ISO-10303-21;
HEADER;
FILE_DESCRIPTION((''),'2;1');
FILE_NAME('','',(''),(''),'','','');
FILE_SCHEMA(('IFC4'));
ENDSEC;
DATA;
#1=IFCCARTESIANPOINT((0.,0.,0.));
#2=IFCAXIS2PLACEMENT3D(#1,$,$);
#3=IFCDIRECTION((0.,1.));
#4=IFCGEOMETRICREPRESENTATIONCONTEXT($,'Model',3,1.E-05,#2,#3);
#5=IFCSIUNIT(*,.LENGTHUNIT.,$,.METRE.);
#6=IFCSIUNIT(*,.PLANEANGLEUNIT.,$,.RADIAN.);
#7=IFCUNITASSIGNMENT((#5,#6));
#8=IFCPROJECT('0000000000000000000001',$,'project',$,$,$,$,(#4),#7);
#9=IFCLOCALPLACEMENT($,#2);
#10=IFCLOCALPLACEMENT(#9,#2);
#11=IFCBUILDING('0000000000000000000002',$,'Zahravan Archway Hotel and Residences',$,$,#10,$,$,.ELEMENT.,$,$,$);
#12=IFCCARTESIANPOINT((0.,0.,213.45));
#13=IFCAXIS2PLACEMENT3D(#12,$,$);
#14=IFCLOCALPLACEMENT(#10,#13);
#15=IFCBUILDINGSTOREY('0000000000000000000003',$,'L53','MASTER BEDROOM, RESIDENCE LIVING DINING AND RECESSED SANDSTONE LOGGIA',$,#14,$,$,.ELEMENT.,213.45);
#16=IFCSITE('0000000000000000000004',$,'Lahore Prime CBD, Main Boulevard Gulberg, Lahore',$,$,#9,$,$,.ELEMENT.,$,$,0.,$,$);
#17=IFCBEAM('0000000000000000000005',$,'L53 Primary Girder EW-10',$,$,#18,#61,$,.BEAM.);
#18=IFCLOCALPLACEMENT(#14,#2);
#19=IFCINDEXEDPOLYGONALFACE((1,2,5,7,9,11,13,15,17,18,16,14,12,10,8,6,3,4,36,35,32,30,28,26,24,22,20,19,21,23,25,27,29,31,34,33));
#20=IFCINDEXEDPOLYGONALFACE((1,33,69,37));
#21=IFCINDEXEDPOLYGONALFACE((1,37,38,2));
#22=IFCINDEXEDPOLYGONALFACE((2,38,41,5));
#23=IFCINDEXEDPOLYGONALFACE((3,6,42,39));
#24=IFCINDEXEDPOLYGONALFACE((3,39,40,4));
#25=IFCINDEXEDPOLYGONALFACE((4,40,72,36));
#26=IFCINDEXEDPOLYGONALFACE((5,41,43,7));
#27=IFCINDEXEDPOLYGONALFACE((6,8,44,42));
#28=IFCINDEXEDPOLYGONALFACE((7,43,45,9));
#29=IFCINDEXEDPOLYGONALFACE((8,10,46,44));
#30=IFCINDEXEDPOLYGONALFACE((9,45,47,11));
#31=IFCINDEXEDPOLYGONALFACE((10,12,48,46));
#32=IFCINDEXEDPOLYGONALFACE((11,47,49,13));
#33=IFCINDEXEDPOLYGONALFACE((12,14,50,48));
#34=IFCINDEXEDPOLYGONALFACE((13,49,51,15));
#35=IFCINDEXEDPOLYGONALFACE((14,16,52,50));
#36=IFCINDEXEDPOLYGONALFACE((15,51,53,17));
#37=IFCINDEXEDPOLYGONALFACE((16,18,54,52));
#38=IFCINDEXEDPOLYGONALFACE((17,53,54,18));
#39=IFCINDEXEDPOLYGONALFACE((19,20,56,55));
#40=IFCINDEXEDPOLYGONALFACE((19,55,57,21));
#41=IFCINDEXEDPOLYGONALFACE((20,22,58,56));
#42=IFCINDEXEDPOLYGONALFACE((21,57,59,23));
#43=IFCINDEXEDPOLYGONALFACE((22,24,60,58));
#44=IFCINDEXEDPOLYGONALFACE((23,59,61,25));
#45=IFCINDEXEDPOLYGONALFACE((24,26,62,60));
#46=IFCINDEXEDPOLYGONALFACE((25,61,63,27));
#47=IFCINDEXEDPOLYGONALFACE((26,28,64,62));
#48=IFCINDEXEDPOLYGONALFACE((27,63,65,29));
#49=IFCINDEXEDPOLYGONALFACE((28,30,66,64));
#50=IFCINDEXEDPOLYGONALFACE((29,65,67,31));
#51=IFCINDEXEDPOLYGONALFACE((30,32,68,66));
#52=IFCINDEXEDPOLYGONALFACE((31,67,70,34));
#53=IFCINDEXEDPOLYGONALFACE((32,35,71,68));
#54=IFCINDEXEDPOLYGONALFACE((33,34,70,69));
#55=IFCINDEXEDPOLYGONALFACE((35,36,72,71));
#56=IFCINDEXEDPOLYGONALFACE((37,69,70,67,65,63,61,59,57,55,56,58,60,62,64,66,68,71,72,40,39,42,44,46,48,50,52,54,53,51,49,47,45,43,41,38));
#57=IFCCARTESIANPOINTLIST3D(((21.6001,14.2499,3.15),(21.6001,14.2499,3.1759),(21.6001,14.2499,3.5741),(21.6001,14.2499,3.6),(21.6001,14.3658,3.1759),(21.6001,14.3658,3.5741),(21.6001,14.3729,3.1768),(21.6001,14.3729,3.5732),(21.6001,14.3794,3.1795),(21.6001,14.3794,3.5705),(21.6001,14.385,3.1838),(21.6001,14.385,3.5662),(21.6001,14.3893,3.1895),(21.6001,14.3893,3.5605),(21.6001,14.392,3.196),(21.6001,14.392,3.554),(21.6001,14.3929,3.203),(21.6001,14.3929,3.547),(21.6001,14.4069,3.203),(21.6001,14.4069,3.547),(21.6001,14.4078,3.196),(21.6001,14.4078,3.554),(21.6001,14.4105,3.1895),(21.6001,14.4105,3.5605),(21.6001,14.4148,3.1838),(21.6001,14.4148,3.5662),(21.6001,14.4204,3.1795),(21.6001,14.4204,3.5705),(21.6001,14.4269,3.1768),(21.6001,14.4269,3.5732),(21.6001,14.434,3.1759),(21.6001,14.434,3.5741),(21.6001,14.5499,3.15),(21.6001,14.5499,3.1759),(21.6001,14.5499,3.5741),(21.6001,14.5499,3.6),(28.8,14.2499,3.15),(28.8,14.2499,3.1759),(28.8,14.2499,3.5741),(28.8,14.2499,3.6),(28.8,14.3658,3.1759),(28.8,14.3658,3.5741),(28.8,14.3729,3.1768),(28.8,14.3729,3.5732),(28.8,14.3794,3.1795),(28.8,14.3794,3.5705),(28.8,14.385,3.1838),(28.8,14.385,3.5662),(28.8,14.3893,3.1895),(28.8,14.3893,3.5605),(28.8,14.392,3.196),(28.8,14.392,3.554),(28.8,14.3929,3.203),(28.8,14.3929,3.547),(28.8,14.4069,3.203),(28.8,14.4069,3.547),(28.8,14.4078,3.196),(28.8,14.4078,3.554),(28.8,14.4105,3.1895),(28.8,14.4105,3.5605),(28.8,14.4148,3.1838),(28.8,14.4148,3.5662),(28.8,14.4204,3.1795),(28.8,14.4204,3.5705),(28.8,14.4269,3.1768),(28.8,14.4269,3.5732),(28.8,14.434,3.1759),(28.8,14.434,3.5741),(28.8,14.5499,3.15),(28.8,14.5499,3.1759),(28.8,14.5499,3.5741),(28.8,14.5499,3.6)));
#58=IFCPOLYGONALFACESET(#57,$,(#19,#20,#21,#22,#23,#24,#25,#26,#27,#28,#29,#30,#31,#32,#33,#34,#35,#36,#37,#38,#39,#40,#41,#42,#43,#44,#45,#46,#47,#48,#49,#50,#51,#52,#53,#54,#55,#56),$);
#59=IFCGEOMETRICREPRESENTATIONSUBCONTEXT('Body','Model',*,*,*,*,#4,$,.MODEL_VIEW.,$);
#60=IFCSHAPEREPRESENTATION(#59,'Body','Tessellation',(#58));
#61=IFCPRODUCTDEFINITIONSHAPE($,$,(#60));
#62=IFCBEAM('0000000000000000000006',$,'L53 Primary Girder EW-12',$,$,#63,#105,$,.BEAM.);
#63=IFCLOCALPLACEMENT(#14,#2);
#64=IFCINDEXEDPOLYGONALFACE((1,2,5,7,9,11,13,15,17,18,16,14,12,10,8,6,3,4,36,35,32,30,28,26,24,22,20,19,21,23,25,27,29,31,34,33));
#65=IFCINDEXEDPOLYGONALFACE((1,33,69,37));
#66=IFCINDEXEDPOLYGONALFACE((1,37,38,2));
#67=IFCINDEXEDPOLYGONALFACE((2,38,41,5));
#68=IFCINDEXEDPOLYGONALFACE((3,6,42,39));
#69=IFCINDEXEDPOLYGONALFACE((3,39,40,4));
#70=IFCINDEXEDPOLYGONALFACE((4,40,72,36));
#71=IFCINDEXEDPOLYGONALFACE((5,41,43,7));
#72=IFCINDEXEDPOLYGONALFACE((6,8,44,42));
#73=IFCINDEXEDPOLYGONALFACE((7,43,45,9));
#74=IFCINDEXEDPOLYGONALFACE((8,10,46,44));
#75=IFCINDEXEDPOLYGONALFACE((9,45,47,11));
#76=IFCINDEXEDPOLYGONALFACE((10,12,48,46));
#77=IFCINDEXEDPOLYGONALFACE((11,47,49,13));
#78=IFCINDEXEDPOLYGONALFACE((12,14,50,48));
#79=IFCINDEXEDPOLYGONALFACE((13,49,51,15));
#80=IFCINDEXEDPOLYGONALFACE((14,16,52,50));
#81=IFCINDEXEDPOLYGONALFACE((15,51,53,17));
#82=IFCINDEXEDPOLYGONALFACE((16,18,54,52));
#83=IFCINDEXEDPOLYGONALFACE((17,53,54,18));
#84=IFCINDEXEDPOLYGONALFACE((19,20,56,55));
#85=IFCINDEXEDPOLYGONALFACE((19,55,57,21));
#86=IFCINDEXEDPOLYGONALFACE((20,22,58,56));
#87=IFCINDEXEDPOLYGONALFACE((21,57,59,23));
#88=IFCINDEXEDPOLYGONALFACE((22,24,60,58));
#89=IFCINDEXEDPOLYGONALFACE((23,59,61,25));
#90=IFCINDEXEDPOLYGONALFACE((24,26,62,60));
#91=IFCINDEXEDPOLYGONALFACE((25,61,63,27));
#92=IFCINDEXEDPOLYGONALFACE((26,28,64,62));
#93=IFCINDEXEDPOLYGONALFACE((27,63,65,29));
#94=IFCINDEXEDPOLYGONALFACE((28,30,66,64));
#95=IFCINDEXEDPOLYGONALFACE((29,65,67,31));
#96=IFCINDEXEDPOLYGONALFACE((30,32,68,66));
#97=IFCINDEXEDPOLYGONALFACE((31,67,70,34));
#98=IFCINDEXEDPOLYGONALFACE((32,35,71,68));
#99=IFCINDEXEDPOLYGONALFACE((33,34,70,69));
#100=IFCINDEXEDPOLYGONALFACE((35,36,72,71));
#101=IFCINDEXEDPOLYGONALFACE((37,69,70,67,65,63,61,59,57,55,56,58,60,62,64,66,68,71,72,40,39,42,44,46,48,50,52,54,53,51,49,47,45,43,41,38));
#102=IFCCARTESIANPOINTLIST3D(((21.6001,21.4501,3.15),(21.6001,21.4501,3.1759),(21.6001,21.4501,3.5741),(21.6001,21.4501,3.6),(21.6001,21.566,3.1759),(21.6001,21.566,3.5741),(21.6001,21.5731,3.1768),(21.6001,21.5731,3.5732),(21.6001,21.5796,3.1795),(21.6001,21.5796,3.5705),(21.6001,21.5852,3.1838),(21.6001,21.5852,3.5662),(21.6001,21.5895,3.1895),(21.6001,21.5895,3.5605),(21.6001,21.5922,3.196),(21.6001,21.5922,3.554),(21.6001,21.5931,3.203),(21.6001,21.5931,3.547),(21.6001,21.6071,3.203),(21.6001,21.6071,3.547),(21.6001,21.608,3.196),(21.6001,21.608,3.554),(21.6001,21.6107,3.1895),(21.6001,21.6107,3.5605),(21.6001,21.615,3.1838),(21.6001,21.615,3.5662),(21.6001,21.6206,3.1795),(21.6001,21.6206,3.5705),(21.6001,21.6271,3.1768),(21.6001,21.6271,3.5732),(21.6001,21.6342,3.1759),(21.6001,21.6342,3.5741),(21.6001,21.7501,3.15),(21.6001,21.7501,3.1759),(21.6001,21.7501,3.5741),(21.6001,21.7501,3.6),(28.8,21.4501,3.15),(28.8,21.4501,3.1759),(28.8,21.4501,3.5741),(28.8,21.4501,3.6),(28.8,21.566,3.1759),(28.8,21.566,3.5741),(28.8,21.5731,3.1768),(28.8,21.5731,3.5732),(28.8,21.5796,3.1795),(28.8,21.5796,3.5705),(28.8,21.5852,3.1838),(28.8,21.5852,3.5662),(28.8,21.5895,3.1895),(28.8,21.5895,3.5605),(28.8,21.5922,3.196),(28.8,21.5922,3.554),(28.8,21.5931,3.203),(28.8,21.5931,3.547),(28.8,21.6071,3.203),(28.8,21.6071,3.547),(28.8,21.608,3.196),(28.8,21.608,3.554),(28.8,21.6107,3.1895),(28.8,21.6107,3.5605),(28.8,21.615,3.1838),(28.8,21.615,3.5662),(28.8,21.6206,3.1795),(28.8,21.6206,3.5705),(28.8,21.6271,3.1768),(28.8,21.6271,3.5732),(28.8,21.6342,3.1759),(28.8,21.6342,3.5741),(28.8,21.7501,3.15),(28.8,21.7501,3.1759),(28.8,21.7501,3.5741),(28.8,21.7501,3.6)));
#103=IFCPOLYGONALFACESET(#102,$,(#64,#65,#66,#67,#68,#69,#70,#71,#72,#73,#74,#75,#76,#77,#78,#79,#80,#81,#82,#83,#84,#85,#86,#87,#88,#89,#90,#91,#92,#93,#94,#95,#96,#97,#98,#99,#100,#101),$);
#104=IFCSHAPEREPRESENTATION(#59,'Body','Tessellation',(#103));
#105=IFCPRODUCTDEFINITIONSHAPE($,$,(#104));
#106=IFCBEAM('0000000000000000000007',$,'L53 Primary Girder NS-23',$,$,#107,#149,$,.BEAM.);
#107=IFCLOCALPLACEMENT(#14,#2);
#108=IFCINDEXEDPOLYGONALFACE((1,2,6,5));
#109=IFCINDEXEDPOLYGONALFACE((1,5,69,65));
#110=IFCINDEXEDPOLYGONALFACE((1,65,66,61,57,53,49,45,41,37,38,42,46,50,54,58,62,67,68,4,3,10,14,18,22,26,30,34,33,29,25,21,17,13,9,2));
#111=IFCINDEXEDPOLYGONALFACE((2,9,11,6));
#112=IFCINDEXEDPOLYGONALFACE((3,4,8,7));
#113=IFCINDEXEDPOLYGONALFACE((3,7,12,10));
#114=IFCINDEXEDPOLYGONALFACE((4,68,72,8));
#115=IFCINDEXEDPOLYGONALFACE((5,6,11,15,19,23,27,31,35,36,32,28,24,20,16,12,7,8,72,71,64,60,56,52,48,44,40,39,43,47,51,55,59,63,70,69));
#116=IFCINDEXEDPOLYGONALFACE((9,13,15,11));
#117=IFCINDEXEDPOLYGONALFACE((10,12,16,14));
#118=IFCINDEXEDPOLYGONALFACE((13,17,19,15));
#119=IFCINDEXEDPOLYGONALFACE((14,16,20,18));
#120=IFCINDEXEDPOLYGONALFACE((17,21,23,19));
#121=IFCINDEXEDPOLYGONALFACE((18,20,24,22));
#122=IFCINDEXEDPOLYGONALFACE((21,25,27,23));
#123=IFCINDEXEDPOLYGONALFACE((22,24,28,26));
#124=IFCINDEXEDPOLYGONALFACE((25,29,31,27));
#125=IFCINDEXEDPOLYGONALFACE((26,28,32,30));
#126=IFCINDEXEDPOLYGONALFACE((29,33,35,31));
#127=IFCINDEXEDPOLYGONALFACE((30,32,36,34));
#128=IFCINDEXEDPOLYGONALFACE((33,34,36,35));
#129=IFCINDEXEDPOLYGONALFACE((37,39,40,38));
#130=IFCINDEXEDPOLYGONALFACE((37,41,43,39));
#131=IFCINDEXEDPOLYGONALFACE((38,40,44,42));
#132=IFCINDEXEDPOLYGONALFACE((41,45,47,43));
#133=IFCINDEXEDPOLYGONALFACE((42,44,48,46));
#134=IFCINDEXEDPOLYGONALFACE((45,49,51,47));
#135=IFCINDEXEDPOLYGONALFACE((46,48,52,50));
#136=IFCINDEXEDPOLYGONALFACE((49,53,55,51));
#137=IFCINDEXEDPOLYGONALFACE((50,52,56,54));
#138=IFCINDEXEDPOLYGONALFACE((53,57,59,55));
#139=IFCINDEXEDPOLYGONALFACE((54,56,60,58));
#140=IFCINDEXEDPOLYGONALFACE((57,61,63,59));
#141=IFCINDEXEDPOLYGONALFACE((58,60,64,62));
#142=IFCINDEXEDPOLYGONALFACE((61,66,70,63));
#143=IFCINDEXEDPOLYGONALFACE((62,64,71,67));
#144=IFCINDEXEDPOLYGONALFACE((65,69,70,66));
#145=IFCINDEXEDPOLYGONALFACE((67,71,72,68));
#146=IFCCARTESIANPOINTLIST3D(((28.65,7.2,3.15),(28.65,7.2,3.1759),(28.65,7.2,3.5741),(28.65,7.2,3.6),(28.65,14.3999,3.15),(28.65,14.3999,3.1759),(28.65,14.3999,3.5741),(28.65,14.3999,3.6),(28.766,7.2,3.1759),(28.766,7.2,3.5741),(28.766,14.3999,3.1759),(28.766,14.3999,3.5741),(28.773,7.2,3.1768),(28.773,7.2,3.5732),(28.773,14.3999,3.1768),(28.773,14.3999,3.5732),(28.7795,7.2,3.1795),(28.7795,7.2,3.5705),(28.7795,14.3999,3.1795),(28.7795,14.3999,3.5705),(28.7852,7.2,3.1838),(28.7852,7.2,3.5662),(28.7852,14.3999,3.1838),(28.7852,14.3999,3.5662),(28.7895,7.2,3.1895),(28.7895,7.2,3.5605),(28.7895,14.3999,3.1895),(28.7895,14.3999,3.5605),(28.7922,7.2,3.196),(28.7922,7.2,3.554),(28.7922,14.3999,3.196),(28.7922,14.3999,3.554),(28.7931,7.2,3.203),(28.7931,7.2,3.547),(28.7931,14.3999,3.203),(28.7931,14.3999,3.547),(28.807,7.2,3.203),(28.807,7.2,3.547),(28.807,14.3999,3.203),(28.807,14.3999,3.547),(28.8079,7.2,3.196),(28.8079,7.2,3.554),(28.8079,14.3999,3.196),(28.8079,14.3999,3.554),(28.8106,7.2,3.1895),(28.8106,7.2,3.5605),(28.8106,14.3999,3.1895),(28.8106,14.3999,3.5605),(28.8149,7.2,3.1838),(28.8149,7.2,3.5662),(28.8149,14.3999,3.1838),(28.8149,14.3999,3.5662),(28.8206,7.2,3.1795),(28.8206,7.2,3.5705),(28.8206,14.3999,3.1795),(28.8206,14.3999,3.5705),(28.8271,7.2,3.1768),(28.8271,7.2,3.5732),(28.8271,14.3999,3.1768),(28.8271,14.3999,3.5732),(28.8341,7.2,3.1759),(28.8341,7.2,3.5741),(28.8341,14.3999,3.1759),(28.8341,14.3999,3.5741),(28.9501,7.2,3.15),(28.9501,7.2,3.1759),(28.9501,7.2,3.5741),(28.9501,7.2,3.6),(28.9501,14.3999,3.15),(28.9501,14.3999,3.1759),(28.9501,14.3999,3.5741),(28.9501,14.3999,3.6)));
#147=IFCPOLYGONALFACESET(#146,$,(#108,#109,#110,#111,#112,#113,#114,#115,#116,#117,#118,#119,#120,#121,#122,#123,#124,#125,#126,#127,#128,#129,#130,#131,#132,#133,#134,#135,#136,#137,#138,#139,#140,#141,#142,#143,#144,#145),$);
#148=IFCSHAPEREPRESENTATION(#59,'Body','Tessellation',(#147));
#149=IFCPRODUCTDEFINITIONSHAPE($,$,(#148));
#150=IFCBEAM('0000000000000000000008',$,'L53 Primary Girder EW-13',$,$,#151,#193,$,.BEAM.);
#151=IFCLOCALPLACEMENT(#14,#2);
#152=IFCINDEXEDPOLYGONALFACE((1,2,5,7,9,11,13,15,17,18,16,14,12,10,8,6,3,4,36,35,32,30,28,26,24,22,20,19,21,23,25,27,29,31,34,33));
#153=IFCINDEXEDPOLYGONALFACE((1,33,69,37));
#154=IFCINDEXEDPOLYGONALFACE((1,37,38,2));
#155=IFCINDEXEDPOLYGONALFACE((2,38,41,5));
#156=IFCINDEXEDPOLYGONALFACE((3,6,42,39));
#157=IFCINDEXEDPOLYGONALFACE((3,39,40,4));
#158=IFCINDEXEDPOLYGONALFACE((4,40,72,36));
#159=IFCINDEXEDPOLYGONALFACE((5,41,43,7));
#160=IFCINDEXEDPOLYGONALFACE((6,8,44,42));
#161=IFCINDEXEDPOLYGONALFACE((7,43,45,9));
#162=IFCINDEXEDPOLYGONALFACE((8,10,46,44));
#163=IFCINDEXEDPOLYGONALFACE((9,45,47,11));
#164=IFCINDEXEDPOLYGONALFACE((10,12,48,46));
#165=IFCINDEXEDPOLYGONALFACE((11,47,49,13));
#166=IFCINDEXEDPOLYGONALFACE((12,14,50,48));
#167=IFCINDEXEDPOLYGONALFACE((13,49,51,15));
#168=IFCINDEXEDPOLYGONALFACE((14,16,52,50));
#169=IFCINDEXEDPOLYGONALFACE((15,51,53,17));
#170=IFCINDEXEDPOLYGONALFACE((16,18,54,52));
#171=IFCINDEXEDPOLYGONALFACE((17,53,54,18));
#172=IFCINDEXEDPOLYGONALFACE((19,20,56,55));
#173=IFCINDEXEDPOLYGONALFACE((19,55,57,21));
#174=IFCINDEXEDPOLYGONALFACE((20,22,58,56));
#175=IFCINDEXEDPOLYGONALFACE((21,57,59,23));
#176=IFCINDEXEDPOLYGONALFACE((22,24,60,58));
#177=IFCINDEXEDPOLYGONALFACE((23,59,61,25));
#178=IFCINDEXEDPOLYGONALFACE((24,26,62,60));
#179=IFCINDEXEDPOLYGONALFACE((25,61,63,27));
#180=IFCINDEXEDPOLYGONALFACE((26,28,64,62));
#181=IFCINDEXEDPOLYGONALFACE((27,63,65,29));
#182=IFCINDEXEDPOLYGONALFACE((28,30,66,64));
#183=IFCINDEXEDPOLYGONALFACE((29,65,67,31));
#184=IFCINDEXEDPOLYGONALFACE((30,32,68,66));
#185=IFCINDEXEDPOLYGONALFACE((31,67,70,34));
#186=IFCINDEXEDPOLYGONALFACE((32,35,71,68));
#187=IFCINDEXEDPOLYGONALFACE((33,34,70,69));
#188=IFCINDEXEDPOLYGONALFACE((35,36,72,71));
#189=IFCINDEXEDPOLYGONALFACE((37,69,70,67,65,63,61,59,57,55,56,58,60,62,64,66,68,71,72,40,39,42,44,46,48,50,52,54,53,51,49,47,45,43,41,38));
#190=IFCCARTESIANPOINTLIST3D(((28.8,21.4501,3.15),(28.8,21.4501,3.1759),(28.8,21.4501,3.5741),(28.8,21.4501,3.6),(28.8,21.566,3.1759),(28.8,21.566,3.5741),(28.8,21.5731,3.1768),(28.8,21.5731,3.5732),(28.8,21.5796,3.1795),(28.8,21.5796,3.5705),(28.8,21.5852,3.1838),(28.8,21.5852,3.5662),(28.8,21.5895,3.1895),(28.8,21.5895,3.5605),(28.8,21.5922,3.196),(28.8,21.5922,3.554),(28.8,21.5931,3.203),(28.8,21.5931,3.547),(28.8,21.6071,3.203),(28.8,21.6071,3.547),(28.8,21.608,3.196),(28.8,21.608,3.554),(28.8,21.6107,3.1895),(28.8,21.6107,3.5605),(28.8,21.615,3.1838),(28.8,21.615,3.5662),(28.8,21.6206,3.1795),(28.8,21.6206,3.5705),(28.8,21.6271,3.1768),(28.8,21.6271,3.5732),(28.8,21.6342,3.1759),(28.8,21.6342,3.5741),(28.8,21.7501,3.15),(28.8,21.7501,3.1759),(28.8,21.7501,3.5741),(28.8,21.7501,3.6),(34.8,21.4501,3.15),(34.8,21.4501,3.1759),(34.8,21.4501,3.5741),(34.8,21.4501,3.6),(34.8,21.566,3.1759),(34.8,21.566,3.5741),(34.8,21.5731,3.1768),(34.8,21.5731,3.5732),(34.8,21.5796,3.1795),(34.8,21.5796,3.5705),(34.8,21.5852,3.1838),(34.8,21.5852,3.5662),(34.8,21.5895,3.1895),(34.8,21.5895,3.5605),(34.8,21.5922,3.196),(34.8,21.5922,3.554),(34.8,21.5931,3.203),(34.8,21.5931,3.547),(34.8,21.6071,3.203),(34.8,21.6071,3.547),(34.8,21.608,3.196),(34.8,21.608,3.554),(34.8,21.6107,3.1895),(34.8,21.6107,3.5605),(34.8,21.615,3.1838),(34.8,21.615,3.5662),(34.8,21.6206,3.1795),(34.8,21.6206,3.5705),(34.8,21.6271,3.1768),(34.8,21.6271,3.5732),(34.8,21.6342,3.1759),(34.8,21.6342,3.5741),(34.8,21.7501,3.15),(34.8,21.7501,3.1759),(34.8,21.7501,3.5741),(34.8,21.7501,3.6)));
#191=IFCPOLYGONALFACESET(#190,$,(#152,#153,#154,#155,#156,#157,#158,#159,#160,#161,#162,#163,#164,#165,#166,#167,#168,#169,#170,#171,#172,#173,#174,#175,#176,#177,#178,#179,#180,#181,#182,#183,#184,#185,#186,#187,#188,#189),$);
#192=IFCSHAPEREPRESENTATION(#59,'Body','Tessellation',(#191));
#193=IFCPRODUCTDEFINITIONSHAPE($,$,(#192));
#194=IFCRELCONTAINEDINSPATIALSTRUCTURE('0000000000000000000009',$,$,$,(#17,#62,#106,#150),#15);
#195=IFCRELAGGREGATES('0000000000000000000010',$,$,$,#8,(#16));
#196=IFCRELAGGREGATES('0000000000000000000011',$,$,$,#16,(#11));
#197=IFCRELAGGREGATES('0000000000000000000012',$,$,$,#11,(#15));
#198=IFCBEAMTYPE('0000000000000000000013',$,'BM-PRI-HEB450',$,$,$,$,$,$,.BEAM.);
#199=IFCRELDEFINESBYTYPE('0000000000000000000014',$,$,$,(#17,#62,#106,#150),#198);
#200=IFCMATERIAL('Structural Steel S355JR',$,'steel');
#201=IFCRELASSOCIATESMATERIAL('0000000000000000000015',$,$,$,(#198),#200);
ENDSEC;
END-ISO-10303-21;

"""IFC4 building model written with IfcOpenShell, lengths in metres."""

from ifc_helpers import new_model, si_unit, direction, frame, origin, origin_2d, place, context, subcontext, project, spatial, i_section, extrude, source, transform, mapped, material, material_profile, profile_set, type_object, element, save


model = new_model("IFC4")

# Units and contexts
model_context = context("Model", 3, precision=1e-05, world=origin(), true_north=direction((0.0, 1.0)))
body_context = subcontext(model_context, "Body", "Model", "MODEL_VIEW")
ifc_project = project(units=[si_unit("LENGTHUNIT", "METRE"), si_unit("PLANEANGLEUNIT", "RADIAN")], contexts=[model_context])

# Site, building, storey
site_placement = place(None, origin())
site = spatial("IfcSite", under=ifc_project, at=site_placement, Name="Lahore Prime CBD, Main Boulevard Gulberg, Lahore", CompositionType="ELEMENT", RefElevation=0.0)
building_placement = place(site_placement, origin())
building = spatial("IfcBuilding", under=site, at=building_placement, Name="Zahravan Archway Hotel and Residences", CompositionType="ELEMENT")
storey_placement = place(building_placement, frame((0.0, 0.0, 213.45)))
storey = spatial("IfcBuildingStorey", under=building, at=storey_placement, Name="L53", Description="MASTER BEDROOM, RESIDENCE LIVING DINING AND RECESSED SANDSTONE LOGGIA", CompositionType="ELEMENT", Elevation=213.45)

# Beams
ifc_material_1 = material(Name="Structural Steel S355JR", Category="steel")
ifc_material_profile_1 = material_profile(ifc_material_1, i_section(OverallWidth=0.3, OverallDepth=0.45, WebThickness=0.0139, FlangeThickness=0.0259, FilletRadius=0.0271, at=origin_2d()), Name="HEB 450", Category="steel")
ifc_profile_set_1 = profile_set([ifc_material_profile_1], Name="Structural Steel S355JR")
beam_type_1 = type_object("IfcBeamType", Name="BM-PRI-HEB450", PredefinedType="BEAM", material=ifc_profile_set_1)
shared_shape_1 = source(origin(), body_context, "Body", "SweptSolid", [
    extrude(i_section(OverallWidth=0.3, OverallDepth=0.45, WebThickness=0.0139, FlangeThickness=0.0259, FilletRadius=0.0271, at=origin_2d()), origin(), (0.0, 0.0, 1.0), 7.2),
])
for number, where, z_axis, x_axis, name in (
    (1, (21.6001, 14.3999, 3.375), (1.0, 0.0, 0.0), (0.0, 1.0, 0.0), "L53 Primary Girder EW-10"),
    (2, (21.6001, 21.6001, 3.375), (1.0, 0.0, 0.0), (0.0, 1.0, 0.0), "L53 Primary Girder EW-12"),
    (3, (28.8, 7.2, 3.375), (0.0, 1.0, 0.0), (-1.0, 0.0, 0.0), "L53 Primary Girder NS-23"),
):
    element("IfcBeam", number, at=place(storey_placement, frame(where, z_axis=z_axis, x_axis=x_axis)), inside=storey, type_object=beam_type_1, Name=name, PredefinedType="BEAM", context=body_context, shape_type="MappedRepresentation", body=[
        mapped(shared_shape_1, transform((0.0, 0.0, 0.0), scale=1.0)),
    ])
shared_shape_2 = source(origin(), body_context, "Body", "SweptSolid", [
    extrude(i_section(OverallWidth=0.3, OverallDepth=0.45, WebThickness=0.0139, FlangeThickness=0.0259, FilletRadius=0.0271, at=origin_2d()), origin(), (0.0, 0.0, 1.0), 6.0),
])
beam_1_placement = place(storey_placement, frame((28.8, 21.6001, 3.375), z_axis=(1.0, 0.0, 0.0), x_axis=(0.0, 1.0, 0.0)))
element("IfcBeam", 4, at=beam_1_placement, inside=storey, type_object=beam_type_1, Name="L53 Primary Girder EW-13", PredefinedType="BEAM", context=body_context, shape_type="MappedRepresentation", body=[
    mapped(shared_shape_2, transform((0.0, 0.0, 0.0), scale=1.0)),
])

save(model, "model.ifc")
